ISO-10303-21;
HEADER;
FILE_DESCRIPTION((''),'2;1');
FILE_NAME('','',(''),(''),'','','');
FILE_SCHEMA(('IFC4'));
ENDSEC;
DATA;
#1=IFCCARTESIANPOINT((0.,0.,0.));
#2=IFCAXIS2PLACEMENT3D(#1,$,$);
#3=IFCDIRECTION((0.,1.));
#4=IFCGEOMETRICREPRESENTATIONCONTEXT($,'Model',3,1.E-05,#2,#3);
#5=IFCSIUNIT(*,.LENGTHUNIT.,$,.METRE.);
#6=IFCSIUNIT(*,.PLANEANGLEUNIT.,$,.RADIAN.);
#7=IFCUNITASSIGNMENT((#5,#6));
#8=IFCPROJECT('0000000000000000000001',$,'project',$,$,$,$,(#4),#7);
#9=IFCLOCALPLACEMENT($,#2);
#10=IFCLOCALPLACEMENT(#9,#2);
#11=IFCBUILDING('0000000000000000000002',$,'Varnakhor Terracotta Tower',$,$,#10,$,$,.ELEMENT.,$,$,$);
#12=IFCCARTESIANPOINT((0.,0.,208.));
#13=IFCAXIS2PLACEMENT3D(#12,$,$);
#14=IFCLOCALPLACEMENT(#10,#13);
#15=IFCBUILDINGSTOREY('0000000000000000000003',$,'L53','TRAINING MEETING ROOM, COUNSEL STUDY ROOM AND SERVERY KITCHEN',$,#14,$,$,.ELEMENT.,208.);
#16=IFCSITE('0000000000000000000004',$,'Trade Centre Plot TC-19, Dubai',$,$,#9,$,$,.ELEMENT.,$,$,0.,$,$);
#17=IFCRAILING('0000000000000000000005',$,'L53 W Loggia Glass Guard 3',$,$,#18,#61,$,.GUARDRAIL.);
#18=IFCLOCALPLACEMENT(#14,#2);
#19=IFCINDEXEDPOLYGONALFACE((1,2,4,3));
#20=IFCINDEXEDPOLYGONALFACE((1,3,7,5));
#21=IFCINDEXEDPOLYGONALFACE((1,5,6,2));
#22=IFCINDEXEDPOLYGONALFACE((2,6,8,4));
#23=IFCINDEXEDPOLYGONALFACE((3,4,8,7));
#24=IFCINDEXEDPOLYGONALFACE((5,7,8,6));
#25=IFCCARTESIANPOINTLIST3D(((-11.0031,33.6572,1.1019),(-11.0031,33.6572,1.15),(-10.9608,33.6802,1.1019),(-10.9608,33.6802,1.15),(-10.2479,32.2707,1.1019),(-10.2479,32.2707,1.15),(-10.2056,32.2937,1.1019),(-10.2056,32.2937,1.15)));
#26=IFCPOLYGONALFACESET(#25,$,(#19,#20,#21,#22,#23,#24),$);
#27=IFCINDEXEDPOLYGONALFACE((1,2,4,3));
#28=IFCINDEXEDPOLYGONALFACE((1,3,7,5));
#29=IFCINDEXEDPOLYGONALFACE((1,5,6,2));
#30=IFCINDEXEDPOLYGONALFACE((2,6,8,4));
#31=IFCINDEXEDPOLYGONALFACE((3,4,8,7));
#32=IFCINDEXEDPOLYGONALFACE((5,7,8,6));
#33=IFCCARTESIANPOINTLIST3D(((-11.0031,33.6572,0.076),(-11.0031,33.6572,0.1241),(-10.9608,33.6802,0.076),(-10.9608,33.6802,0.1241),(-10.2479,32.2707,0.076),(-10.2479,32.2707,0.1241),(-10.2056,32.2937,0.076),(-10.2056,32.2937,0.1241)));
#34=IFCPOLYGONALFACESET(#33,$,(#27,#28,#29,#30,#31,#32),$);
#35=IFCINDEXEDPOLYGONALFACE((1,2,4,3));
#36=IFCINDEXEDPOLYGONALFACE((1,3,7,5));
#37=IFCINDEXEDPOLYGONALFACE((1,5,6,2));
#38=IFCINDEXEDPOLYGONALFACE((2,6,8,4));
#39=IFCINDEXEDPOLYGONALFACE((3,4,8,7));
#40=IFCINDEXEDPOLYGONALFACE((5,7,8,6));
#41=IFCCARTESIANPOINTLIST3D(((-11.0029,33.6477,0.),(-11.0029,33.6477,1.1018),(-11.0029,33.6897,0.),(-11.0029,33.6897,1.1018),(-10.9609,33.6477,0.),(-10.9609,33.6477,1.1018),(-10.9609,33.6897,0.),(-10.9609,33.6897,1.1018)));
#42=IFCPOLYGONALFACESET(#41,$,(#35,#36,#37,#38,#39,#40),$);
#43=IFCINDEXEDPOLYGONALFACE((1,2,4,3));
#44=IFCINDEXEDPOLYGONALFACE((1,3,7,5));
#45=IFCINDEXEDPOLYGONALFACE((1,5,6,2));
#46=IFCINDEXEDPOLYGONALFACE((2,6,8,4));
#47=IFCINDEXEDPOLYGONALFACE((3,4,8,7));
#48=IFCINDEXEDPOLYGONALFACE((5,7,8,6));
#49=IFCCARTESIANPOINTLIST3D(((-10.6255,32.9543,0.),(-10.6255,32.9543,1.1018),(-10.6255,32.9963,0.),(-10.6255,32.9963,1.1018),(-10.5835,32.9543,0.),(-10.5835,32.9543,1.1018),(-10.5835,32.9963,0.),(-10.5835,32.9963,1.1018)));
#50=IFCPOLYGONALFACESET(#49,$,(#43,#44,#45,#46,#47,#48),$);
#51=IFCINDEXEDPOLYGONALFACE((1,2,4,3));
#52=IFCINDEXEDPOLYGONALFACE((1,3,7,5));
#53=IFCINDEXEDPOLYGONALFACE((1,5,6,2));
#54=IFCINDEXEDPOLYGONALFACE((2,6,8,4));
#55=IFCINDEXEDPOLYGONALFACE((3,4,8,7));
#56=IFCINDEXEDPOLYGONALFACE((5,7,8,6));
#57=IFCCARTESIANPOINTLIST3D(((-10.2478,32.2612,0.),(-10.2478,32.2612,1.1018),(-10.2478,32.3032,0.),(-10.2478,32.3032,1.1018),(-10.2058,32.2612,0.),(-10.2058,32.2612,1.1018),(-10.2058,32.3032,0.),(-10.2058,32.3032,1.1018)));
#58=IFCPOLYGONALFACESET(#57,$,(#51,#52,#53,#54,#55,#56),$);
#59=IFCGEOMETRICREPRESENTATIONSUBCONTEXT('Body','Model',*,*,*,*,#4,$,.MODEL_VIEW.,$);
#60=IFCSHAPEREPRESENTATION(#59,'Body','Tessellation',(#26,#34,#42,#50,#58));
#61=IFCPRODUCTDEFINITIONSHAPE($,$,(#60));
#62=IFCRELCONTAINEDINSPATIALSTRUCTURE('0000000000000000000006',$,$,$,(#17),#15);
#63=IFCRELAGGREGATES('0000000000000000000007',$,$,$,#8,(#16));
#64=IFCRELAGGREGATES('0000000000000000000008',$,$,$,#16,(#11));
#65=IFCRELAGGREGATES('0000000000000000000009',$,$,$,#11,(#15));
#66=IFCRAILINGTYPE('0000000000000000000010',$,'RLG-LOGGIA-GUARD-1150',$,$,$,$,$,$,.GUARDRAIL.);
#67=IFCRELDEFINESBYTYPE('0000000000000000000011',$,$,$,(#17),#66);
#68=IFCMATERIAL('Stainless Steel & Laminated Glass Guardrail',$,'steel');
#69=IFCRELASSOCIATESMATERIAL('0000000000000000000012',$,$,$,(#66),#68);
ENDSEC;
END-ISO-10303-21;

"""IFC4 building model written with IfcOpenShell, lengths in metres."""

from ifc_helpers import new_model, si_unit, direction, frame, origin, origin_2d, place, context, subcontext, project, spatial, rectangle, extrude, material, type_object, element, save


model = new_model("IFC4")

# Units and contexts
model_context = context("Model", 3, precision=1e-05, world=origin(), true_north=direction((0.0, 1.0)))
body_context = subcontext(model_context, "Body", "Model", "MODEL_VIEW")
ifc_project = project(units=[si_unit("LENGTHUNIT", "METRE"), si_unit("PLANEANGLEUNIT", "RADIAN")], contexts=[model_context])

# Site, building, storey
site_placement = place(None, origin())
site = spatial("IfcSite", under=ifc_project, at=site_placement, Name="Trade Centre Plot TC-19, Dubai", CompositionType="ELEMENT", RefElevation=0.0)
building_placement = place(site_placement, origin())
building = spatial("IfcBuilding", under=site, at=building_placement, Name="Varnakhor Terracotta Tower", CompositionType="ELEMENT")
storey_placement = place(building_placement, frame((0.0, 0.0, 208.0)))
storey = spatial("IfcBuildingStorey", under=building, at=storey_placement, Name="L53", Description="TRAINING MEETING ROOM, COUNSEL STUDY ROOM AND SERVERY KITCHEN", CompositionType="ELEMENT", Elevation=208.0)

# Railing
ifc_material_1 = material(Name="Stainless Steel & Laminated Glass Guardrail", Category="steel")
railing_type = type_object("IfcRailingType", Name="RLG-LOGGIA-GUARD-1150", PredefinedType="GUARDRAIL", material=ifc_material_1)
railing_placement = place(storey_placement, frame((-10.9819, 33.6687, 0.0)))
element("IfcRailing", 1, at=railing_placement, inside=storey, type_object=railing_type, Name="L53 W Loggia Glass Guard 3", PredefinedType="GUARDRAIL", context=body_context, shape_type="SweptSolid", body=[
    extrude(rectangle(XDim=0.0481, YDim=0.0481, at=origin_2d()), frame((0.0, 0.0, 1.126), z_axis=(0.478299, -0.878197, 0.0), x_axis=(0.878197, 0.478299, 0.0)), (0.0, 0.0, 1.0), 1.5789),
    extrude(rectangle(XDim=0.0481, YDim=0.0481, at=origin_2d()), frame((0.0, 0.0, 0.1001), z_axis=(0.478299, -0.878197, 0.0), x_axis=(0.878197, 0.478299, 0.0)), (0.0, 0.0, 1.0), 1.5789),
    extrude(rectangle(XDim=0.042, YDim=0.042, at=origin_2d()), origin(), (0.0, 0.0, 1.0), 1.1018),
    extrude(rectangle(XDim=0.042, YDim=0.042, at=origin_2d()), frame((0.3774, -0.6934, 0.0)), (0.0, 0.0, 1.0), 1.1018),
    extrude(rectangle(XDim=0.042, YDim=0.042, at=origin_2d()), frame((0.7551, -1.3865, 0.0)), (0.0, 0.0, 1.0), 1.1018),
])

save(model, "model.ifc")
